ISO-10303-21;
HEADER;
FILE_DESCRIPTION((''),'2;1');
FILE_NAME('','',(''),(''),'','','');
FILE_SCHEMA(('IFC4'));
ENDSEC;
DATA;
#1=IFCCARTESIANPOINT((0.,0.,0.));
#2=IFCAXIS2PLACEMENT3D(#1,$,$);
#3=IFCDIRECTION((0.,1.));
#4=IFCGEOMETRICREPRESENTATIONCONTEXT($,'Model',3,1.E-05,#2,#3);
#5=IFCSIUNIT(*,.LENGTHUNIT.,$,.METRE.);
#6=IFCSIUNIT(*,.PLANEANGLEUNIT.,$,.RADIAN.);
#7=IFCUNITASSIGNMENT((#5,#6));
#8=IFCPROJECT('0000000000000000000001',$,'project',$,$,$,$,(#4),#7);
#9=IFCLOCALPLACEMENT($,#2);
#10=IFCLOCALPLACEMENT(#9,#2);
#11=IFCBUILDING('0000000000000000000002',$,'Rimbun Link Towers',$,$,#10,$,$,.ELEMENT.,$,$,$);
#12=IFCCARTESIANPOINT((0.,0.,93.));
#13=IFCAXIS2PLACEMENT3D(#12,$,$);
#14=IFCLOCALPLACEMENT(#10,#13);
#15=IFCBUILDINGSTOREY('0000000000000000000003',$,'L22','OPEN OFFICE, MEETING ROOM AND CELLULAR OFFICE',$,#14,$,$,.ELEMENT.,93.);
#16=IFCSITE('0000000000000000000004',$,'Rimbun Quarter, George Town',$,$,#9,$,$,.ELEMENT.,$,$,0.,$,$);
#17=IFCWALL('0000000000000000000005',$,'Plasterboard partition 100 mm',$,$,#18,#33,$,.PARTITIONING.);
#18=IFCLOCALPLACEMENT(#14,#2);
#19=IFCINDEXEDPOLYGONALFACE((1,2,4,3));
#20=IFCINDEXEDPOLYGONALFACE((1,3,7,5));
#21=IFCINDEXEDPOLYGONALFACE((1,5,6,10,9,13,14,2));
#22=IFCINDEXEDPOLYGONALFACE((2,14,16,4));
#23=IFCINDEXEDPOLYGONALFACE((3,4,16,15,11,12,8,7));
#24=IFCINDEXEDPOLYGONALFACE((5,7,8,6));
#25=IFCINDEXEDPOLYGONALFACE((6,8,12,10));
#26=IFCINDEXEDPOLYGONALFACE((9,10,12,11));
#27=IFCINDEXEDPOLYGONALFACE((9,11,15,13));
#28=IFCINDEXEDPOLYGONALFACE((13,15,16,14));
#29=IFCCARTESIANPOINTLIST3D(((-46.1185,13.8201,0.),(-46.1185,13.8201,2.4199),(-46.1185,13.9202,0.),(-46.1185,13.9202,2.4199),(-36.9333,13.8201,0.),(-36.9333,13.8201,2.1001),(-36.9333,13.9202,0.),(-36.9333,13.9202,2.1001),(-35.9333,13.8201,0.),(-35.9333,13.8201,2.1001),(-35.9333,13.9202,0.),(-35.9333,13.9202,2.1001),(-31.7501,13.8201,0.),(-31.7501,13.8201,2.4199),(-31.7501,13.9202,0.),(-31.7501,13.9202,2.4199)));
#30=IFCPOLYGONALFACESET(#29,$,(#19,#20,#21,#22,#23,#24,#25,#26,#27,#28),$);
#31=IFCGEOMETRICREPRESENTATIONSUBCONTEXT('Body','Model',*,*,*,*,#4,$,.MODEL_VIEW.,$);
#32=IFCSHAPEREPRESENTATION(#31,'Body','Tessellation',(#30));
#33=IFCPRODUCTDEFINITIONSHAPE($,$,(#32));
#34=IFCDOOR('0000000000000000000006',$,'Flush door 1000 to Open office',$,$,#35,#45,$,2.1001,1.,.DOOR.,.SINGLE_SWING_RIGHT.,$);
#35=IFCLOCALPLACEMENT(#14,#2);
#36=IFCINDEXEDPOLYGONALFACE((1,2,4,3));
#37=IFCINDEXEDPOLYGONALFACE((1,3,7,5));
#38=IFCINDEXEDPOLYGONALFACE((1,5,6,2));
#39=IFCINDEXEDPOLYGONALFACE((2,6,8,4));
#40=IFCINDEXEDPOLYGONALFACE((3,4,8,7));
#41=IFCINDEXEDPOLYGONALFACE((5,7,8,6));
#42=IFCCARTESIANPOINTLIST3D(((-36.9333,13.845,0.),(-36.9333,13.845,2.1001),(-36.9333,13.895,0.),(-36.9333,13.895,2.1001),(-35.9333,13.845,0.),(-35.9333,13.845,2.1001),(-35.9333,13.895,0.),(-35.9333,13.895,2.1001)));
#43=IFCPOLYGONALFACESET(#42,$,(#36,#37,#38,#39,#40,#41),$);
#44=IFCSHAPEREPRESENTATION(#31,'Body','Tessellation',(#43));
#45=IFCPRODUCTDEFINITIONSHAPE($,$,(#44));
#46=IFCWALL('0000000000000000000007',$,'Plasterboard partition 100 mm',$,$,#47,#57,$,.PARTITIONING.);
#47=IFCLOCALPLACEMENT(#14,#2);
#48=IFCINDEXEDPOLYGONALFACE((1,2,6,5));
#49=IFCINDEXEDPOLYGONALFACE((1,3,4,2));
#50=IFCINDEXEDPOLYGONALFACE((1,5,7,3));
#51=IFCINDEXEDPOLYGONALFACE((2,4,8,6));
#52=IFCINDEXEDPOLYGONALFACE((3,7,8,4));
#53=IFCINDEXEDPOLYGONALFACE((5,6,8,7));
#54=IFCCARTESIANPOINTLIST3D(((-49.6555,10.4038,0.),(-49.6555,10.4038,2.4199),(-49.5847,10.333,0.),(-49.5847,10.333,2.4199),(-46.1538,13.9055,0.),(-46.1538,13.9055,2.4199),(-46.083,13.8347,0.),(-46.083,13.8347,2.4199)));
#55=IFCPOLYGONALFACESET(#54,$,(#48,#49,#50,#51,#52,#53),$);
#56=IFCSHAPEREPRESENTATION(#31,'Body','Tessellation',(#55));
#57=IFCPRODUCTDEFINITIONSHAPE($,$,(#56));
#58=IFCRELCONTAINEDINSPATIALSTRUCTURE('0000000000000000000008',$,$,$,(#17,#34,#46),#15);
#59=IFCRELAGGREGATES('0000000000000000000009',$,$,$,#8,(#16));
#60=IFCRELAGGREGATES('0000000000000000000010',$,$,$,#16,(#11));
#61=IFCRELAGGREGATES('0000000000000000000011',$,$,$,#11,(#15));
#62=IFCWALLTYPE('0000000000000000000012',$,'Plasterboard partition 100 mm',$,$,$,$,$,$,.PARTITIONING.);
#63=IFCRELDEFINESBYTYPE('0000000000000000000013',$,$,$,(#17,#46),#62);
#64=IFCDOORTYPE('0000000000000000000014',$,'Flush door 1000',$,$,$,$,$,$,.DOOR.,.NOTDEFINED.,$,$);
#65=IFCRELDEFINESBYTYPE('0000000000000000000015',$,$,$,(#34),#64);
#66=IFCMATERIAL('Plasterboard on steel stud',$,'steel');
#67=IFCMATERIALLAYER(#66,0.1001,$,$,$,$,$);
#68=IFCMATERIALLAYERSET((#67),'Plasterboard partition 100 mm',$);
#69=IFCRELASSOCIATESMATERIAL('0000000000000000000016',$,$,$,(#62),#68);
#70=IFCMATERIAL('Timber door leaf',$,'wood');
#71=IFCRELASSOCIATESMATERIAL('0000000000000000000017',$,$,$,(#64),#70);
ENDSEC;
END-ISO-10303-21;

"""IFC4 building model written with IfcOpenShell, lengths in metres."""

from ifc_helpers import new_model, si_unit, direction, frame, frame_2d, origin, place, context, subcontext, project, spatial, rectangle, extrude, material, layer, layer_set, type_object, element, fill, save


model = new_model("IFC4")

# Units and contexts
model_context = context("Model", 3, precision=1e-05, world=origin(), true_north=direction((0.0, 1.0)))
body_context = subcontext(model_context, "Body", "Model", "MODEL_VIEW")
ifc_project = project(units=[si_unit("LENGTHUNIT", "METRE"), si_unit("PLANEANGLEUNIT", "RADIAN")], contexts=[model_context])

# Site, building, storey
site_placement = place(None, origin())
site = spatial("IfcSite", under=ifc_project, at=site_placement, Name="Rimbun Quarter, George Town", CompositionType="ELEMENT", RefElevation=0.0)
building_placement = place(site_placement, origin())
building = spatial("IfcBuilding", under=site, at=building_placement, Name="Rimbun Link Towers", CompositionType="ELEMENT")
storey_placement = place(building_placement, frame((0.0, 0.0, 93.0)))
storey = spatial("IfcBuildingStorey", under=building, at=storey_placement, Name="L22", Description="OPEN OFFICE, MEETING ROOM AND CELLULAR OFFICE", CompositionType="ELEMENT", Elevation=93.0)

# Wall, opening, door
ifc_material_1 = material(Name="Plasterboard on steel stud", Category="steel")
ifc_layer_1 = layer(ifc_material_1, 0.1001)
ifc_layer_set_1 = layer_set([ifc_layer_1], Name="Plasterboard partition 100 mm")
wall_type = type_object("IfcWallType", Name="Plasterboard partition 100 mm", PredefinedType="PARTITIONING", material=ifc_layer_set_1)
wall_1_placement = place(storey_placement, frame((-46.1184, 13.8701, 0.0), z_axis=(0.0, 0.0, 1.0), x_axis=(1.0, 0.0, 0.0)))
wall_1 = element("IfcWall", 1, at=wall_1_placement, inside=storey, type_object=wall_type, Name="Plasterboard partition 100 mm", PredefinedType="PARTITIONING", context=body_context, shape_type="SweptSolid", body=[
    extrude(rectangle(XDim=14.3684, YDim=0.1001, at=frame_2d((7.1841, 0.0))), origin(), (0.0, 0.0, 1.0), 2.4199),
])
opening_placement = place(wall_1_placement, frame((9.1851, 0.0, 0.0)))
opening = element("IfcOpeningElement", 2, at=opening_placement, cuts=wall_1, PredefinedType="OPENING", context=body_context, shape_type="SweptSolid", body=[
    extrude(rectangle(XDim=1.0, YDim=2.1001, at=frame_2d((0.5, 1.05))), frame((0.0, 0.0601, 0.0), z_axis=(0.0, -1.0, 0.0), x_axis=(1.0, 0.0, 0.0)), (0.0, 0.0, 1.0), 0.1201),
])
ifc_material_2 = material(Name="Timber door leaf", Category="wood")
door_type = type_object("IfcDoorType", Name="Flush door 1000", OperationType="NOTDEFINED", PredefinedType="DOOR", material=ifc_material_2)
door_placement = place(opening_placement, origin())
door = element("IfcDoor", 3, at=door_placement, inside=storey, type_object=door_type, Name="Flush door 1000 to Open office", OperationType="SINGLE_SWING_RIGHT", OverallHeight=2.1001, OverallWidth=1.0, PredefinedType="DOOR", context=body_context, shape_type="SweptSolid", body=[
    extrude(rectangle(XDim=1.0, YDim=2.1001, at=frame_2d((0.5, 1.05))), frame((0.0, 0.0249, 0.0), z_axis=(0.0, -1.0, 0.0), x_axis=(1.0, 0.0, 0.0)), (0.0, 0.0, 1.0), 0.05),
])
fill(opening, door)

# Wall
wall_2_placement = place(storey_placement, frame((-46.1184, 13.8701, 0.0), z_axis=(0.0, 0.0, 1.0), x_axis=(-0.707107, -0.707107, 0.0)))
element("IfcWall", 4, at=wall_2_placement, inside=storey, type_object=wall_type, Name="Plasterboard partition 100 mm", PredefinedType="PARTITIONING", context=body_context, shape_type="SweptSolid", body=[
    extrude(rectangle(XDim=4.9521, YDim=0.1001, at=frame_2d((2.4761, 0.0))), origin(), (0.0, 0.0, 1.0), 2.4199),
])

save(model, "model.ifc")
